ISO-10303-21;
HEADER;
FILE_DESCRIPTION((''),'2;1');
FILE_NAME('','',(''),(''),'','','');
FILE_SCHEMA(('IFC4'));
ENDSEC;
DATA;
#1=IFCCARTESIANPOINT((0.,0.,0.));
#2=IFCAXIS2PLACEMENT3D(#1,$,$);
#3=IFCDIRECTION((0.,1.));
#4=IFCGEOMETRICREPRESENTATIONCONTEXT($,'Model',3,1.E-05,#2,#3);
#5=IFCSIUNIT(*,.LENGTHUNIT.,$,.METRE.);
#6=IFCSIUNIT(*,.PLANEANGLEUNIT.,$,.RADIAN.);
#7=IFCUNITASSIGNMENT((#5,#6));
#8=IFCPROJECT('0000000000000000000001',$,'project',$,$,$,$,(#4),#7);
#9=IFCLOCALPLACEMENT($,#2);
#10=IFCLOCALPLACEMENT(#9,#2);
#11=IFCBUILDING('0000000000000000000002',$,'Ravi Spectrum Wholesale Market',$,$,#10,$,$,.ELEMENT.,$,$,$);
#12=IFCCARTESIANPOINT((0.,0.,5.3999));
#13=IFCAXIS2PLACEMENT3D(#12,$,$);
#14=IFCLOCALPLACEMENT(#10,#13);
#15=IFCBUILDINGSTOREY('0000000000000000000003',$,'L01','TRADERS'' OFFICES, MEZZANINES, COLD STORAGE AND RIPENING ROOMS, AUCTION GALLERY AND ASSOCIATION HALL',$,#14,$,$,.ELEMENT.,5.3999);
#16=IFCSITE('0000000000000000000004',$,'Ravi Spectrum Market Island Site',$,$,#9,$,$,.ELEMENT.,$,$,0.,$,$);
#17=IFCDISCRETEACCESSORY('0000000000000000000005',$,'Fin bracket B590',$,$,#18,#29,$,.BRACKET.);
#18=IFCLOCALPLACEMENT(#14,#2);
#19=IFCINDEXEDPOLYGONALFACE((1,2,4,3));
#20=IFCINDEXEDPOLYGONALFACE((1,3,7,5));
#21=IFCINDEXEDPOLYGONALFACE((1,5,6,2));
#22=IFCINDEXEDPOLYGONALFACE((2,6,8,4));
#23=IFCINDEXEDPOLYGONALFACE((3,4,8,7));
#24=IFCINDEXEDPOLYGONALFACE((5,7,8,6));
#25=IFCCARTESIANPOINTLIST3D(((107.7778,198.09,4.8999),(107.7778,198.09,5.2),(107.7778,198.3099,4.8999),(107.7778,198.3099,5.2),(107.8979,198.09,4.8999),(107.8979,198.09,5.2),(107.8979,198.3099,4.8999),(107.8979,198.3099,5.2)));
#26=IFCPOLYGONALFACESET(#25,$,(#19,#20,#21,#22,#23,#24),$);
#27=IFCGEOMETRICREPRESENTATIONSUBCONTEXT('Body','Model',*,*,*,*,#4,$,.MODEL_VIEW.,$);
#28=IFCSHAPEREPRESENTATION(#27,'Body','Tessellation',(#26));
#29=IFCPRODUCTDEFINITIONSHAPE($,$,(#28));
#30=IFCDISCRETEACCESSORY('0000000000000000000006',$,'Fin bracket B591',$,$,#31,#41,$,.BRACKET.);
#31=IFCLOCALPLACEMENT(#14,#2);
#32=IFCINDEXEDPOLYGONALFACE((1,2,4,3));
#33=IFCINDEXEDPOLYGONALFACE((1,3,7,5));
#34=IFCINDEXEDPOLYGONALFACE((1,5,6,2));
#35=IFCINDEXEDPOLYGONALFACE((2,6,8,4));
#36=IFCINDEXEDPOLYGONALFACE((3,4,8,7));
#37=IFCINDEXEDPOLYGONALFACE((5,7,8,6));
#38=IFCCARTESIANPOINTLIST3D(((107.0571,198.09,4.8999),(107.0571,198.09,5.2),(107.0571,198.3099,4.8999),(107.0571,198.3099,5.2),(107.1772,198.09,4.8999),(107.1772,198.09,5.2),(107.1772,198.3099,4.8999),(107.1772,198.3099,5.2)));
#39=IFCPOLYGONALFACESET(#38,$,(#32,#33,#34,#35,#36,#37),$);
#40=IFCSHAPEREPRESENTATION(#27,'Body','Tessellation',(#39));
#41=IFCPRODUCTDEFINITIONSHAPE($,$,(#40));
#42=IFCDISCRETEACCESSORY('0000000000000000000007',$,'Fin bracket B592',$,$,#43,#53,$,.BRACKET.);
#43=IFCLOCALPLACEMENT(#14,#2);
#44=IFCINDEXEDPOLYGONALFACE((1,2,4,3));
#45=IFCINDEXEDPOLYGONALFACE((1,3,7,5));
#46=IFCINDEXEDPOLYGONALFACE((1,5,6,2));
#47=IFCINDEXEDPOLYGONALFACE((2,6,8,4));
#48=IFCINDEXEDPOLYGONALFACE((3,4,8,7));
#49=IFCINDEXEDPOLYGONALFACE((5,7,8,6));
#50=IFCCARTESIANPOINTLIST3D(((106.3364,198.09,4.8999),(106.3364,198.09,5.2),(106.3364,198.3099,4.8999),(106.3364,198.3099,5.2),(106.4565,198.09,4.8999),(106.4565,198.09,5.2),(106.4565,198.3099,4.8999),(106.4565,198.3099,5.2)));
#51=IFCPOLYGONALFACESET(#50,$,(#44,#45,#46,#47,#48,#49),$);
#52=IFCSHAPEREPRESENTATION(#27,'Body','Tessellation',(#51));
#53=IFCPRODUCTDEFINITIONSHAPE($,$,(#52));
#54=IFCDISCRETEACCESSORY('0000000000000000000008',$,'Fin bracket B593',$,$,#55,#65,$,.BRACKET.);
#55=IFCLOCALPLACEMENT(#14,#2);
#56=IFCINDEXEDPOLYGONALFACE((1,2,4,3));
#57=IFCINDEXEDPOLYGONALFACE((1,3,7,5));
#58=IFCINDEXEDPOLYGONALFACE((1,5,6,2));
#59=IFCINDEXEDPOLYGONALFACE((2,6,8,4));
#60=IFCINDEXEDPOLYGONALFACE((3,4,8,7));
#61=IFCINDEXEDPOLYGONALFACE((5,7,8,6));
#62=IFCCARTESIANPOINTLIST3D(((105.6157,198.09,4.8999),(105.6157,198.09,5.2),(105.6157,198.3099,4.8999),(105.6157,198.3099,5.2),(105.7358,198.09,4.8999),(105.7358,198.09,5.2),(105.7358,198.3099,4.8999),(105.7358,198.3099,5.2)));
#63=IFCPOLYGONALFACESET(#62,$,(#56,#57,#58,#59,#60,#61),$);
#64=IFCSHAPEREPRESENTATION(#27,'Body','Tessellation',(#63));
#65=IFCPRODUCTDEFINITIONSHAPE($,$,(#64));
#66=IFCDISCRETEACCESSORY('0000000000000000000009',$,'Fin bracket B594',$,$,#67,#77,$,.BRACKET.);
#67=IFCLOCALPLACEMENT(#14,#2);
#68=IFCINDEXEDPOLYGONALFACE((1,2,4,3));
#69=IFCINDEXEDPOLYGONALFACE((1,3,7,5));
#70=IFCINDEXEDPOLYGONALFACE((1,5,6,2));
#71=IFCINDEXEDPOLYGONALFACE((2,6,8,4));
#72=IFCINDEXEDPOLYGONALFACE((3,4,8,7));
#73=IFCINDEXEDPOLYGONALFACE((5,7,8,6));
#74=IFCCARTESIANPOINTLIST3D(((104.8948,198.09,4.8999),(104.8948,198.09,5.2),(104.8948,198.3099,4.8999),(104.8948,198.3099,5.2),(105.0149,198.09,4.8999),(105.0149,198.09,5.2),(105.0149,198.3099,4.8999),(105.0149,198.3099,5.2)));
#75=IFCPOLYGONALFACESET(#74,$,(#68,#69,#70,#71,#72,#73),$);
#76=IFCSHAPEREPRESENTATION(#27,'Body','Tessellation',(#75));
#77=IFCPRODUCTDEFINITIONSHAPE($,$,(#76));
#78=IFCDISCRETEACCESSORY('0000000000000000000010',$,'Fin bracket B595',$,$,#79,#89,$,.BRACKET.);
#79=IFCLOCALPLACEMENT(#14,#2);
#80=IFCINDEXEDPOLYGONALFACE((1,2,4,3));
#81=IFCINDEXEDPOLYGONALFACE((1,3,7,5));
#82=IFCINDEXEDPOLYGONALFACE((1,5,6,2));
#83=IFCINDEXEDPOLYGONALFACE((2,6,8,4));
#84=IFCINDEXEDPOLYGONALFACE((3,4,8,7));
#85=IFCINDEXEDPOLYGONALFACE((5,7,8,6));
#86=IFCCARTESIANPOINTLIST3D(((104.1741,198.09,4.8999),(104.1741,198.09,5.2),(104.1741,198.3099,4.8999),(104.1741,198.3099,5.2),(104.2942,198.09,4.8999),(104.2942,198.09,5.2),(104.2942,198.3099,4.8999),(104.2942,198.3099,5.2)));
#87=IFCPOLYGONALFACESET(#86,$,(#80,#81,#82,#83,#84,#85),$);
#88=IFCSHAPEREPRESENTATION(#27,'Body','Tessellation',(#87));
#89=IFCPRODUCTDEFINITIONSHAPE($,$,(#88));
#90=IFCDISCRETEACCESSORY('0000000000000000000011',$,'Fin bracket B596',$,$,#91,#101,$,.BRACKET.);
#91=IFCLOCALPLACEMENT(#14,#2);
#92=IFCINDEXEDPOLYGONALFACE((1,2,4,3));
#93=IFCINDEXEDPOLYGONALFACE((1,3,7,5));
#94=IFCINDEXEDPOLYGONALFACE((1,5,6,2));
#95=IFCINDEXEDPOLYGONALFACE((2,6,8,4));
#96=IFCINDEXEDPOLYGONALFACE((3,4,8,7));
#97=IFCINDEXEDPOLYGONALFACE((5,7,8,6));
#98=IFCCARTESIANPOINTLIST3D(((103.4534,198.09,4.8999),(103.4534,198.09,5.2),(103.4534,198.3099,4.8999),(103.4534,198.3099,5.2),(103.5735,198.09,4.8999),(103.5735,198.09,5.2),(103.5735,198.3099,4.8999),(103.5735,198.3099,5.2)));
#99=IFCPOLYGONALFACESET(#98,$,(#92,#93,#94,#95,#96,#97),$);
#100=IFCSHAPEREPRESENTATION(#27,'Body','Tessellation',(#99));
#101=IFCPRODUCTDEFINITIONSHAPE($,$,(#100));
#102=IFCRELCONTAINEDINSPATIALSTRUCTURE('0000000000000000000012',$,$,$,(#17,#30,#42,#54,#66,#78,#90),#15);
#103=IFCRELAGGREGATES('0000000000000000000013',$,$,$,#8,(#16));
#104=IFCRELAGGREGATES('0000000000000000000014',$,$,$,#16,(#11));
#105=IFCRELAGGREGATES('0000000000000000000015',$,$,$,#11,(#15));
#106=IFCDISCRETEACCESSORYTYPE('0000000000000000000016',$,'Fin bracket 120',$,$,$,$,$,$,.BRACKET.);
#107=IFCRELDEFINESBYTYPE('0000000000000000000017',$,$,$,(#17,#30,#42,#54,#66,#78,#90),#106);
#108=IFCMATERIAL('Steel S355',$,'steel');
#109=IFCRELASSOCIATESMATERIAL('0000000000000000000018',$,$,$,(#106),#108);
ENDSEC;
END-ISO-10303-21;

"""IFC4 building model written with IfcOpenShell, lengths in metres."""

from ifc_helpers import new_model, si_unit, direction, frame, origin, origin_2d, place, context, subcontext, project, spatial, rectangle, extrude, material, type_object, element, save


model = new_model("IFC4")

# Units and contexts
model_context = context("Model", 3, precision=1e-05, world=origin(), true_north=direction((0.0, 1.0)))
body_context = subcontext(model_context, "Body", "Model", "MODEL_VIEW")
ifc_project = project(units=[si_unit("LENGTHUNIT", "METRE"), si_unit("PLANEANGLEUNIT", "RADIAN")], contexts=[model_context])

# Site, building, storey
site_placement = place(None, origin())
site = spatial("IfcSite", under=ifc_project, at=site_placement, Name="Ravi Spectrum Market Island Site", CompositionType="ELEMENT", RefElevation=0.0)
building_placement = place(site_placement, origin())
building = spatial("IfcBuilding", under=site, at=building_placement, Name="Ravi Spectrum Wholesale Market", CompositionType="ELEMENT")
storey_placement = place(building_placement, frame((0.0, 0.0, 5.3999)))
storey = spatial("IfcBuildingStorey", under=building, at=storey_placement, Name="L01", Description="TRADERS' OFFICES, MEZZANINES, COLD STORAGE AND RIPENING ROOMS, AUCTION GALLERY AND ASSOCIATION HALL", CompositionType="ELEMENT", Elevation=5.3999)

# Discrete accessories
ifc_material_1 = material(Name="Steel S355", Category="steel")
discrete_accessory_type = type_object("IfcDiscreteAccessoryType", Name="Fin bracket 120", PredefinedType="BRACKET", material=ifc_material_1)
for number, where, z_axis, x_axis, name in (
    (1, (107.8379, 198.2, 4.8999), (0.0, 0.0, 1.0), (-1.0, 0.0, 0.0), "Fin bracket B590"),
    (2, (107.1172, 198.2, 4.8999), (0.0, 0.0, 1.0), (-1.0, 0.0, 0.0), "Fin bracket B591"),
    (3, (106.3965, 198.2, 4.8999), (0.0, 0.0, 1.0), (-1.0, 0.0, 0.0), "Fin bracket B592"),
    (4, (105.6758, 198.2, 4.8999), (0.0, 0.0, 1.0), (-1.0, 0.0, 0.0), "Fin bracket B593"),
    (5, (104.9548, 198.2, 4.8999), (0.0, 0.0, 1.0), (-1.0, 0.0, 0.0), "Fin bracket B594"),
    (6, (104.2341, 198.2, 4.8999), (0.0, 0.0, 1.0), (-1.0, 0.0, 0.0), "Fin bracket B595"),
    (7, (103.5134, 198.2, 4.8999), (0.0, 0.0, 1.0), (-1.0, 0.0, 0.0), "Fin bracket B596"),
):
    element("IfcDiscreteAccessory", number, at=place(storey_placement, frame(where, z_axis=z_axis, x_axis=x_axis)), inside=storey, type_object=discrete_accessory_type, Name=name, PredefinedType="BRACKET", context=body_context, shape_type="SweptSolid", body=[
        extrude(rectangle(XDim=0.1201, YDim=0.22, at=origin_2d()), origin(), (0.0, 0.0, 1.0), 0.3),
    ])

save(model, "model.ifc")
